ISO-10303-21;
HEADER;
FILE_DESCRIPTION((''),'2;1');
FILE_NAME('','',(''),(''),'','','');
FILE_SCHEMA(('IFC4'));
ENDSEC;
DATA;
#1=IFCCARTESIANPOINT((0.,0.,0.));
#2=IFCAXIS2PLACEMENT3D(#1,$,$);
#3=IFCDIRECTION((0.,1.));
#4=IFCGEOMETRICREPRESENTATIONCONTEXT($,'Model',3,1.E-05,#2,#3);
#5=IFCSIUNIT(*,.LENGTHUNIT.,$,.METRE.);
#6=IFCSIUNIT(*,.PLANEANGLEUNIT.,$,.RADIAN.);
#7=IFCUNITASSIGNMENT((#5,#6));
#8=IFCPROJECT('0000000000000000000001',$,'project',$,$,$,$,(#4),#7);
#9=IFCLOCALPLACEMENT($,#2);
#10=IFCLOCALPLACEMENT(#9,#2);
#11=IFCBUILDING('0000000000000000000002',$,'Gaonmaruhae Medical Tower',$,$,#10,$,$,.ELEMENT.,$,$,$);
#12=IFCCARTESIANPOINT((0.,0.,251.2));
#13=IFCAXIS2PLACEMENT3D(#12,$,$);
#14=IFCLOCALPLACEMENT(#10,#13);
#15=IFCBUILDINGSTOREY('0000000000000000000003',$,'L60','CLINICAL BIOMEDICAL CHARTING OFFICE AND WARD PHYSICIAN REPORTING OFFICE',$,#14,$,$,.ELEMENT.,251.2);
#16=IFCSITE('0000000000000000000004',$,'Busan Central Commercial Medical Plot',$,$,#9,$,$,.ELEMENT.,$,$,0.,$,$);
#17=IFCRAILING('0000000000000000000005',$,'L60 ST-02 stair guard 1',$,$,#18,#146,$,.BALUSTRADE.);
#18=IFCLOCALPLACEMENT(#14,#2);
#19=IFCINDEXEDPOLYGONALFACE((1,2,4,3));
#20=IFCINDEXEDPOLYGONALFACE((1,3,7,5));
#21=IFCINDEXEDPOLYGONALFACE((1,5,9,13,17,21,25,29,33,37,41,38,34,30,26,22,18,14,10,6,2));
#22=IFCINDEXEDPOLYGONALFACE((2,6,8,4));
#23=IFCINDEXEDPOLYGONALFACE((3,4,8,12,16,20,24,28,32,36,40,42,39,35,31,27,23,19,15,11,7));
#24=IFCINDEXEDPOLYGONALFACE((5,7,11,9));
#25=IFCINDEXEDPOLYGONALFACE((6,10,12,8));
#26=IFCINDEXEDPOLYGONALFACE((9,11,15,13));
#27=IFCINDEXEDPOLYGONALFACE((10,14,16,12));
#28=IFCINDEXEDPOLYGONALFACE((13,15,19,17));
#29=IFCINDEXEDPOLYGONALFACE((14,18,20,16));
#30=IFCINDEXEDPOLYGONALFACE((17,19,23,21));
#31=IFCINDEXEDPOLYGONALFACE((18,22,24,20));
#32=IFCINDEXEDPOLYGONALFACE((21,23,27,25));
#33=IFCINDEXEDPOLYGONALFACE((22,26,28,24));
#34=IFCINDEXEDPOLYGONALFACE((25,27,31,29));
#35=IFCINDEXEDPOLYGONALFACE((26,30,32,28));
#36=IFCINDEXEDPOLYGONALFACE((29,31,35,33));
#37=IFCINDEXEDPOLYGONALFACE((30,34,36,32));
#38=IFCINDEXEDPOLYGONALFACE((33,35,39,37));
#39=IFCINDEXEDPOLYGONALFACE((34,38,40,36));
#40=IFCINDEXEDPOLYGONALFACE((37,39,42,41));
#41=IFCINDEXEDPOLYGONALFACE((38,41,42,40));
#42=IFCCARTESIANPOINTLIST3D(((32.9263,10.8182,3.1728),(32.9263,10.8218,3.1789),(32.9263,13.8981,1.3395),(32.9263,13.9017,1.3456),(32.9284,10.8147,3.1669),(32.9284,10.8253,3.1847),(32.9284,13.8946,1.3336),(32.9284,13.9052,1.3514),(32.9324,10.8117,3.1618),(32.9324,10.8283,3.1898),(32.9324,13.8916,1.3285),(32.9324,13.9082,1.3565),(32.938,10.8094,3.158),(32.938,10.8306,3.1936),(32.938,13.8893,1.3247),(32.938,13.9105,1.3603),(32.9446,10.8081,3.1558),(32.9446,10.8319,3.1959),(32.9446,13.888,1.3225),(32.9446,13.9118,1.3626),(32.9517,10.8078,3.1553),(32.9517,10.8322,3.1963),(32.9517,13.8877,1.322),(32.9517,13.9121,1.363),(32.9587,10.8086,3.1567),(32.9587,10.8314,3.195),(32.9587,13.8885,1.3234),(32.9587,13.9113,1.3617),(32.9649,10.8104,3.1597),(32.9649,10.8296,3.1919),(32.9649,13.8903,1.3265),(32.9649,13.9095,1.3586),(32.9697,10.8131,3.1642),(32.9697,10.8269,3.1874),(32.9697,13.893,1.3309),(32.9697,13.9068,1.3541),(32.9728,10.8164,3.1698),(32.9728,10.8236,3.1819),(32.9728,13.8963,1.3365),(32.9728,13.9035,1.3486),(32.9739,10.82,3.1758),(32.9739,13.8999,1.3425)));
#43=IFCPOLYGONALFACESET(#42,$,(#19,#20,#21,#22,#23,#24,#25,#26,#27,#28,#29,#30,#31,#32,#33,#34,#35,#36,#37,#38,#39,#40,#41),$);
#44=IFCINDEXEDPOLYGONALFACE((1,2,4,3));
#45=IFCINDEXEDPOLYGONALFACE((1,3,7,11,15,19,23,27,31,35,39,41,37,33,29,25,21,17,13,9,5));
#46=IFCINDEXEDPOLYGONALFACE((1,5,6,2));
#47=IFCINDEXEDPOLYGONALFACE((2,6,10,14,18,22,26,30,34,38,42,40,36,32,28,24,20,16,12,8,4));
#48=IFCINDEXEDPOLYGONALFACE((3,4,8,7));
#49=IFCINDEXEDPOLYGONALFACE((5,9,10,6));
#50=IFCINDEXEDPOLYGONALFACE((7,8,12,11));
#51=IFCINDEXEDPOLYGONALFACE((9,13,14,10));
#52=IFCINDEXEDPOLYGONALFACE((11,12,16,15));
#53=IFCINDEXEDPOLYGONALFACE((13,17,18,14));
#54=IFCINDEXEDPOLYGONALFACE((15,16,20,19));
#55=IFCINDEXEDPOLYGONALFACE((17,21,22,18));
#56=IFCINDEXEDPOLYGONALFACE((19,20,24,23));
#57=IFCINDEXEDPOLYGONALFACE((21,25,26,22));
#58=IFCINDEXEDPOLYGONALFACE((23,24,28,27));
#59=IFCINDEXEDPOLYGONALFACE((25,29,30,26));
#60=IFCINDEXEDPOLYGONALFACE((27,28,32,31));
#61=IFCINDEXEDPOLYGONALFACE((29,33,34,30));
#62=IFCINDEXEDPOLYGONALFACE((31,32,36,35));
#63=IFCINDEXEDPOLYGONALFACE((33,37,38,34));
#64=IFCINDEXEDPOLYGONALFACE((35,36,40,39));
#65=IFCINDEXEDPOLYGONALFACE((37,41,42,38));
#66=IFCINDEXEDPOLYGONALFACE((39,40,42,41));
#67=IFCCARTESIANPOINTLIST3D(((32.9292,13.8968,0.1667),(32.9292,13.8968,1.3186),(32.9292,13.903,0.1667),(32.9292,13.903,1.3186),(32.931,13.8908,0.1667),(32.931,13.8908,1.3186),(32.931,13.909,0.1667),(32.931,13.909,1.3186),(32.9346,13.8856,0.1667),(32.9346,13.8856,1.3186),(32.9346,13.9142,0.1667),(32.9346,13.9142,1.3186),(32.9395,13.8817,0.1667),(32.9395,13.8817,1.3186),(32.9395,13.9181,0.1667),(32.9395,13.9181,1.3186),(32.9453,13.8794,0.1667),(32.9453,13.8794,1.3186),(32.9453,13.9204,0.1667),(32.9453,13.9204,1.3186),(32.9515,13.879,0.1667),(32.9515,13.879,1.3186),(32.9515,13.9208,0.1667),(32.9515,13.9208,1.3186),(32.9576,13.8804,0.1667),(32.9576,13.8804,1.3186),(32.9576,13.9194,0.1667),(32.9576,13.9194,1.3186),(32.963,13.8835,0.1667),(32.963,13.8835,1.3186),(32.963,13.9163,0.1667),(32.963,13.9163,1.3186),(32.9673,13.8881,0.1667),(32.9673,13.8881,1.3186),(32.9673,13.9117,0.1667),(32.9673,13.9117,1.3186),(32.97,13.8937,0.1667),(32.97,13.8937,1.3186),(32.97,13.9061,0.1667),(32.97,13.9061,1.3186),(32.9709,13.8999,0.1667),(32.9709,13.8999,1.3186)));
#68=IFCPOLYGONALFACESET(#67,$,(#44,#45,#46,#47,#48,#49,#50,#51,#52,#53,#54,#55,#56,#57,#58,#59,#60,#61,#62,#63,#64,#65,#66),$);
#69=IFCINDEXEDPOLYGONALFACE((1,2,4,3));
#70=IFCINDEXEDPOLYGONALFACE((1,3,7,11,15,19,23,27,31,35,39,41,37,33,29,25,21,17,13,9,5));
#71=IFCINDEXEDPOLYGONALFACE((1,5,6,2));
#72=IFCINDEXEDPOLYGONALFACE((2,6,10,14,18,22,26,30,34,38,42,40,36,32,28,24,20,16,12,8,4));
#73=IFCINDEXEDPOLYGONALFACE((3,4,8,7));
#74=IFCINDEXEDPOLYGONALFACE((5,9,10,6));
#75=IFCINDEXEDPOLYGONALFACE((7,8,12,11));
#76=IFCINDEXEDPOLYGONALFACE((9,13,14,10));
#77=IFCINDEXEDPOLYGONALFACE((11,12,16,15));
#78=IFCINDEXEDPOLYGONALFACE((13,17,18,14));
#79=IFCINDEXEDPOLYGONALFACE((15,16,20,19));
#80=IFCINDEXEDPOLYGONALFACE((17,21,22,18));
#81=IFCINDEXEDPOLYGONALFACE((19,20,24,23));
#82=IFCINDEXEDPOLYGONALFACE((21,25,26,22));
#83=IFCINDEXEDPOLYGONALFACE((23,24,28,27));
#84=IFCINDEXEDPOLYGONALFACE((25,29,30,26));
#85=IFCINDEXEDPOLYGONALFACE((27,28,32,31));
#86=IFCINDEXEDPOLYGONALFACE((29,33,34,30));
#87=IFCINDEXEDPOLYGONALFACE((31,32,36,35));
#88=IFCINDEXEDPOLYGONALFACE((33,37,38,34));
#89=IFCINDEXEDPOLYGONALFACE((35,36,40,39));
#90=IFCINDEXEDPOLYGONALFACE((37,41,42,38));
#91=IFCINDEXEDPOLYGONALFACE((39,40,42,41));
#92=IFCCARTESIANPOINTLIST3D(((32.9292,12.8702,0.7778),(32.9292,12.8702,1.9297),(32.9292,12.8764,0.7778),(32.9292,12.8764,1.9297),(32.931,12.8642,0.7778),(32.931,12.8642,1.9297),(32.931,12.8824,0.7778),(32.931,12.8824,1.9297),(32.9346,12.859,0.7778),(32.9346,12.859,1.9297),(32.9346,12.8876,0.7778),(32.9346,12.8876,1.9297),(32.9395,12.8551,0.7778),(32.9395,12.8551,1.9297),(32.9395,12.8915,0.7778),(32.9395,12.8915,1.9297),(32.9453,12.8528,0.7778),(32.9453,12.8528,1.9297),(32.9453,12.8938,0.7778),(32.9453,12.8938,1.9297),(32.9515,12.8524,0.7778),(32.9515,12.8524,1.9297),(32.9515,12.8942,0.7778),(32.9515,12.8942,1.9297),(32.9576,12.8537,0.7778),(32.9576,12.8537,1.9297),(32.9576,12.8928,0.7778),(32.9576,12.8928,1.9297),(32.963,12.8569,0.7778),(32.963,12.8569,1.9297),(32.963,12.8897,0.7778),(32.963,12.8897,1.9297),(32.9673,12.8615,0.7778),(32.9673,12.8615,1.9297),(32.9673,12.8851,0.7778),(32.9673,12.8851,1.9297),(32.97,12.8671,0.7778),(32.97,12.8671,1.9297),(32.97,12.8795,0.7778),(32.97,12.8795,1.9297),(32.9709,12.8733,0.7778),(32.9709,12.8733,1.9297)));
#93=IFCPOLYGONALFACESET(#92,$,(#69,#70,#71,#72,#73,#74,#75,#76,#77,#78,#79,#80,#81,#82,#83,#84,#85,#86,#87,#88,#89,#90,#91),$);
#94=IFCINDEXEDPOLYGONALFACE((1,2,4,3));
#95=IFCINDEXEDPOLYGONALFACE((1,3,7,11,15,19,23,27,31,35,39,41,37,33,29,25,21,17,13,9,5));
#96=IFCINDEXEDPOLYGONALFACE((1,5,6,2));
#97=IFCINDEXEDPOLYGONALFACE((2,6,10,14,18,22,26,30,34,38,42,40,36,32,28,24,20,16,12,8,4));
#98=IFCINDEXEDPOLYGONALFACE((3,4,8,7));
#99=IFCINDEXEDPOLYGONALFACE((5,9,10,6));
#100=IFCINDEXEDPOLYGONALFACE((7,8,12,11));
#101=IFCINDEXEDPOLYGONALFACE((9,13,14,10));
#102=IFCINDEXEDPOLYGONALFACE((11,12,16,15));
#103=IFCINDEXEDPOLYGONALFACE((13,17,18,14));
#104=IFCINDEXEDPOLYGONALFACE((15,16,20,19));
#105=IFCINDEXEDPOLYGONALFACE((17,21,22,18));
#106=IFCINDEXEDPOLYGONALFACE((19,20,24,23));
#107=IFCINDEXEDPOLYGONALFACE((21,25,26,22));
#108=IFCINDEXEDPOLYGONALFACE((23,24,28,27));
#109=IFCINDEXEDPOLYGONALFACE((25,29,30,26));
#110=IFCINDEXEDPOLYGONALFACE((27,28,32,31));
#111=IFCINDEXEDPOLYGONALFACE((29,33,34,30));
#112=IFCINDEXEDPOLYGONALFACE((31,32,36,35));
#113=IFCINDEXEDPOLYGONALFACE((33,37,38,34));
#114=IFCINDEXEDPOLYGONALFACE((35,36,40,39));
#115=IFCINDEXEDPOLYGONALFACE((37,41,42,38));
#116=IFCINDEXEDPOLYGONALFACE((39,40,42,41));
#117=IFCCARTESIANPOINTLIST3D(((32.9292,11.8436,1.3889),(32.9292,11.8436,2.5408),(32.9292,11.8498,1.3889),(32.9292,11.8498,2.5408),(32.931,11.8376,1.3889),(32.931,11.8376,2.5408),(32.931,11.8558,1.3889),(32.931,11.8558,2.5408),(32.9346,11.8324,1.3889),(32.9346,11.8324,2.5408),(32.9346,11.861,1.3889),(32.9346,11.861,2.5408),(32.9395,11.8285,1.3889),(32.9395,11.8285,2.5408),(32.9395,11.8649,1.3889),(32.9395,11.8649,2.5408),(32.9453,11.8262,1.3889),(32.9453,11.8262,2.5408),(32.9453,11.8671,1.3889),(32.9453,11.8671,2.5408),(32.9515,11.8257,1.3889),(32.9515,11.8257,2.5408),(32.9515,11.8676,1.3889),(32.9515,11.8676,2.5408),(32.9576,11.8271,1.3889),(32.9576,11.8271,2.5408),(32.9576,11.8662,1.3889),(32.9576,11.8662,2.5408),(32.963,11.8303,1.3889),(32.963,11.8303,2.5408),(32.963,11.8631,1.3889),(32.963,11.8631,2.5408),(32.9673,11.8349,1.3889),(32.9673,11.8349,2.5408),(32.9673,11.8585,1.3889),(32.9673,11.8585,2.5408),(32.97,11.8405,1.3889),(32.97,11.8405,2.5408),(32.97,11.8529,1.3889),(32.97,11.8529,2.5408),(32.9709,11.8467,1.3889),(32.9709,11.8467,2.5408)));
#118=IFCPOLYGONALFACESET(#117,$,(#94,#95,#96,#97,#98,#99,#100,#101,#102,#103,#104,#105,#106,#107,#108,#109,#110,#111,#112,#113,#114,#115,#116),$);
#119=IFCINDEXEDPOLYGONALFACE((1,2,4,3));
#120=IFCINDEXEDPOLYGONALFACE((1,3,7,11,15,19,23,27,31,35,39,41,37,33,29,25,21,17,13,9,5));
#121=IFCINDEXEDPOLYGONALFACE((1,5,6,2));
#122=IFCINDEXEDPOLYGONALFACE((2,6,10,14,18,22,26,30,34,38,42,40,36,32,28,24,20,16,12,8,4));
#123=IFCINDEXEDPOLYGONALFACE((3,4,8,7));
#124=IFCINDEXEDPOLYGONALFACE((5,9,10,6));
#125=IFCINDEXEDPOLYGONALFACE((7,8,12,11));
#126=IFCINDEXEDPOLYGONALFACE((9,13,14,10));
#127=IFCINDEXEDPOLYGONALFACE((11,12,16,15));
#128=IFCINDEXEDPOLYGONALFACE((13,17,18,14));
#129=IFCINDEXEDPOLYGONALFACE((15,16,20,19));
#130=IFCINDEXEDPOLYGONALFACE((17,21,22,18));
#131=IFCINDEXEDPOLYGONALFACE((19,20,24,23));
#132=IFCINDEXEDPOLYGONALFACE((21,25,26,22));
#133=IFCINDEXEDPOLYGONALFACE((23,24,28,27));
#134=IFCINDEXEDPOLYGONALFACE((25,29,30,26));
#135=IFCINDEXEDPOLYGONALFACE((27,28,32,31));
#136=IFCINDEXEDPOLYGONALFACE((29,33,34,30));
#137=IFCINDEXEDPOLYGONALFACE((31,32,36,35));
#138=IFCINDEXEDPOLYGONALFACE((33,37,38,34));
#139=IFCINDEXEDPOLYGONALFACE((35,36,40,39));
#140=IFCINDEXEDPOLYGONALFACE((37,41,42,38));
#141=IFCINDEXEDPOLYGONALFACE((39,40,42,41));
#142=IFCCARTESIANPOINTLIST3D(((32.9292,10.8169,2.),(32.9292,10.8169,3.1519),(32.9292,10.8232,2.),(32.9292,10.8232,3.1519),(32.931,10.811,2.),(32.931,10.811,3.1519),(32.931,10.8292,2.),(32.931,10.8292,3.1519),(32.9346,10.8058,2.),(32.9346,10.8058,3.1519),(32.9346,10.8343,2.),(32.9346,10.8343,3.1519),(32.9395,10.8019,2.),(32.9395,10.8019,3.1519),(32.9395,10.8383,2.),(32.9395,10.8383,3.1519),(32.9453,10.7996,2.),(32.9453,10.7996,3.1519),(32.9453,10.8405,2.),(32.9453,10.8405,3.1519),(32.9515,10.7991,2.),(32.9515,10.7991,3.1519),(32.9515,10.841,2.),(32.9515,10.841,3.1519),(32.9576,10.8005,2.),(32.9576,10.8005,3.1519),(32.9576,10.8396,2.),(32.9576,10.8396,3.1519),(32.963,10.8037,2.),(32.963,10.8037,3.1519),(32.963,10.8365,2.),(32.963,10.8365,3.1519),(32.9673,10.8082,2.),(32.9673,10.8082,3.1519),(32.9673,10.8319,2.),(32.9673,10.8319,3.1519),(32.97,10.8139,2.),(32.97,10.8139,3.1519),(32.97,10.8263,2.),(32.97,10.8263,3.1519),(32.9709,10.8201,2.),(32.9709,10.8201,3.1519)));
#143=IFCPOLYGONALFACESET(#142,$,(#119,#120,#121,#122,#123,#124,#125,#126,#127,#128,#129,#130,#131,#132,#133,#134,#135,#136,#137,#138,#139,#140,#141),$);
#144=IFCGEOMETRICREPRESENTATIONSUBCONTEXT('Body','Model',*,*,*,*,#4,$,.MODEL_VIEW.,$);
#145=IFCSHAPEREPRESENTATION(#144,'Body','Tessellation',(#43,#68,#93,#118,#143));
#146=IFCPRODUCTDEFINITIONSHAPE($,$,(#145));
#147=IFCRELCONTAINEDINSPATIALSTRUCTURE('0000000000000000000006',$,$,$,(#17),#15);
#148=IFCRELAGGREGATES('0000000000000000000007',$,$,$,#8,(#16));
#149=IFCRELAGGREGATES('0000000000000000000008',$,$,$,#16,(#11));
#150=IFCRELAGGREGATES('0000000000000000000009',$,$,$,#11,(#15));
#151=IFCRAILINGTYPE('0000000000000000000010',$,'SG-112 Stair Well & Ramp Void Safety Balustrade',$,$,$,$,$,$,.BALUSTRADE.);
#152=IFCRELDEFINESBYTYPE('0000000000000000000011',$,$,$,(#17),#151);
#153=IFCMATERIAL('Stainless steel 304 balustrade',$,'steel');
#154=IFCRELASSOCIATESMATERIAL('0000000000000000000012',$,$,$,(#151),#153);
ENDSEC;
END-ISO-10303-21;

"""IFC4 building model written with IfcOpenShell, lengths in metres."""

from ifc_helpers import new_model, si_unit, direction, frame, origin, origin_2d, place, context, subcontext, project, spatial, circle, extrude, material, type_object, element, save


model = new_model("IFC4")

# Units and contexts
model_context = context("Model", 3, precision=1e-05, world=origin(), true_north=direction((0.0, 1.0)))
body_context = subcontext(model_context, "Body", "Model", "MODEL_VIEW")
ifc_project = project(units=[si_unit("LENGTHUNIT", "METRE"), si_unit("PLANEANGLEUNIT", "RADIAN")], contexts=[model_context])

# Site, building, storey
site_placement = place(None, origin())
site = spatial("IfcSite", under=ifc_project, at=site_placement, Name="Busan Central Commercial Medical Plot", CompositionType="ELEMENT", RefElevation=0.0)
building_placement = place(site_placement, origin())
building = spatial("IfcBuilding", under=site, at=building_placement, Name="Gaonmaruhae Medical Tower", CompositionType="ELEMENT")
storey_placement = place(building_placement, frame((0.0, 0.0, 251.2)))
storey = spatial("IfcBuildingStorey", under=building, at=storey_placement, Name="L60", Description="CLINICAL BIOMEDICAL CHARTING OFFICE AND WARD PHYSICIAN REPORTING OFFICE", CompositionType="ELEMENT", Elevation=251.2)

# Railing
ifc_material_1 = material(Name="Stainless steel 304 balustrade", Category="steel")
railing_type_1 = type_object("IfcRailingType", Name="SG-112 Stair Well & Ramp Void Safety Balustrade", PredefinedType="BALUSTRADE", material=ifc_material_1)
railing_1_placement = place(storey_placement, frame((32.95, 13.8999, 0.1667)))
element("IfcRailing", 1, at=railing_1_placement, inside=storey, type_object=railing_type_1, Name="L60 ST-02 stair guard 1", PredefinedType="BALUSTRADE", context=body_context, shape_type="SweptSolid", body=[
    extrude(circle(Radius=0.0239, at=origin_2d()), frame((0.0, 0.0, 1.1758), z_axis=(0.0, -0.859291, 0.511487), x_axis=(1.0, 0.0, 0.0)), (0.0, 0.0, 1.0), 3.5842),
    extrude(circle(Radius=0.021, at=origin_2d()), origin(), (0.0, 0.0, 1.0), 1.1519),
    extrude(circle(Radius=0.021, at=origin_2d()), frame((0.0, -1.0266, 0.6111)), (0.0, 0.0, 1.0), 1.1519),
    extrude(circle(Radius=0.021, at=origin_2d()), frame((0.0, -2.0532, 1.2222)), (0.0, 0.0, 1.0), 1.1519),
    extrude(circle(Radius=0.021, at=origin_2d()), frame((0.0, -3.0798, 1.8333)), (0.0, 0.0, 1.0), 1.1519),
])

save(model, "model.ifc")
